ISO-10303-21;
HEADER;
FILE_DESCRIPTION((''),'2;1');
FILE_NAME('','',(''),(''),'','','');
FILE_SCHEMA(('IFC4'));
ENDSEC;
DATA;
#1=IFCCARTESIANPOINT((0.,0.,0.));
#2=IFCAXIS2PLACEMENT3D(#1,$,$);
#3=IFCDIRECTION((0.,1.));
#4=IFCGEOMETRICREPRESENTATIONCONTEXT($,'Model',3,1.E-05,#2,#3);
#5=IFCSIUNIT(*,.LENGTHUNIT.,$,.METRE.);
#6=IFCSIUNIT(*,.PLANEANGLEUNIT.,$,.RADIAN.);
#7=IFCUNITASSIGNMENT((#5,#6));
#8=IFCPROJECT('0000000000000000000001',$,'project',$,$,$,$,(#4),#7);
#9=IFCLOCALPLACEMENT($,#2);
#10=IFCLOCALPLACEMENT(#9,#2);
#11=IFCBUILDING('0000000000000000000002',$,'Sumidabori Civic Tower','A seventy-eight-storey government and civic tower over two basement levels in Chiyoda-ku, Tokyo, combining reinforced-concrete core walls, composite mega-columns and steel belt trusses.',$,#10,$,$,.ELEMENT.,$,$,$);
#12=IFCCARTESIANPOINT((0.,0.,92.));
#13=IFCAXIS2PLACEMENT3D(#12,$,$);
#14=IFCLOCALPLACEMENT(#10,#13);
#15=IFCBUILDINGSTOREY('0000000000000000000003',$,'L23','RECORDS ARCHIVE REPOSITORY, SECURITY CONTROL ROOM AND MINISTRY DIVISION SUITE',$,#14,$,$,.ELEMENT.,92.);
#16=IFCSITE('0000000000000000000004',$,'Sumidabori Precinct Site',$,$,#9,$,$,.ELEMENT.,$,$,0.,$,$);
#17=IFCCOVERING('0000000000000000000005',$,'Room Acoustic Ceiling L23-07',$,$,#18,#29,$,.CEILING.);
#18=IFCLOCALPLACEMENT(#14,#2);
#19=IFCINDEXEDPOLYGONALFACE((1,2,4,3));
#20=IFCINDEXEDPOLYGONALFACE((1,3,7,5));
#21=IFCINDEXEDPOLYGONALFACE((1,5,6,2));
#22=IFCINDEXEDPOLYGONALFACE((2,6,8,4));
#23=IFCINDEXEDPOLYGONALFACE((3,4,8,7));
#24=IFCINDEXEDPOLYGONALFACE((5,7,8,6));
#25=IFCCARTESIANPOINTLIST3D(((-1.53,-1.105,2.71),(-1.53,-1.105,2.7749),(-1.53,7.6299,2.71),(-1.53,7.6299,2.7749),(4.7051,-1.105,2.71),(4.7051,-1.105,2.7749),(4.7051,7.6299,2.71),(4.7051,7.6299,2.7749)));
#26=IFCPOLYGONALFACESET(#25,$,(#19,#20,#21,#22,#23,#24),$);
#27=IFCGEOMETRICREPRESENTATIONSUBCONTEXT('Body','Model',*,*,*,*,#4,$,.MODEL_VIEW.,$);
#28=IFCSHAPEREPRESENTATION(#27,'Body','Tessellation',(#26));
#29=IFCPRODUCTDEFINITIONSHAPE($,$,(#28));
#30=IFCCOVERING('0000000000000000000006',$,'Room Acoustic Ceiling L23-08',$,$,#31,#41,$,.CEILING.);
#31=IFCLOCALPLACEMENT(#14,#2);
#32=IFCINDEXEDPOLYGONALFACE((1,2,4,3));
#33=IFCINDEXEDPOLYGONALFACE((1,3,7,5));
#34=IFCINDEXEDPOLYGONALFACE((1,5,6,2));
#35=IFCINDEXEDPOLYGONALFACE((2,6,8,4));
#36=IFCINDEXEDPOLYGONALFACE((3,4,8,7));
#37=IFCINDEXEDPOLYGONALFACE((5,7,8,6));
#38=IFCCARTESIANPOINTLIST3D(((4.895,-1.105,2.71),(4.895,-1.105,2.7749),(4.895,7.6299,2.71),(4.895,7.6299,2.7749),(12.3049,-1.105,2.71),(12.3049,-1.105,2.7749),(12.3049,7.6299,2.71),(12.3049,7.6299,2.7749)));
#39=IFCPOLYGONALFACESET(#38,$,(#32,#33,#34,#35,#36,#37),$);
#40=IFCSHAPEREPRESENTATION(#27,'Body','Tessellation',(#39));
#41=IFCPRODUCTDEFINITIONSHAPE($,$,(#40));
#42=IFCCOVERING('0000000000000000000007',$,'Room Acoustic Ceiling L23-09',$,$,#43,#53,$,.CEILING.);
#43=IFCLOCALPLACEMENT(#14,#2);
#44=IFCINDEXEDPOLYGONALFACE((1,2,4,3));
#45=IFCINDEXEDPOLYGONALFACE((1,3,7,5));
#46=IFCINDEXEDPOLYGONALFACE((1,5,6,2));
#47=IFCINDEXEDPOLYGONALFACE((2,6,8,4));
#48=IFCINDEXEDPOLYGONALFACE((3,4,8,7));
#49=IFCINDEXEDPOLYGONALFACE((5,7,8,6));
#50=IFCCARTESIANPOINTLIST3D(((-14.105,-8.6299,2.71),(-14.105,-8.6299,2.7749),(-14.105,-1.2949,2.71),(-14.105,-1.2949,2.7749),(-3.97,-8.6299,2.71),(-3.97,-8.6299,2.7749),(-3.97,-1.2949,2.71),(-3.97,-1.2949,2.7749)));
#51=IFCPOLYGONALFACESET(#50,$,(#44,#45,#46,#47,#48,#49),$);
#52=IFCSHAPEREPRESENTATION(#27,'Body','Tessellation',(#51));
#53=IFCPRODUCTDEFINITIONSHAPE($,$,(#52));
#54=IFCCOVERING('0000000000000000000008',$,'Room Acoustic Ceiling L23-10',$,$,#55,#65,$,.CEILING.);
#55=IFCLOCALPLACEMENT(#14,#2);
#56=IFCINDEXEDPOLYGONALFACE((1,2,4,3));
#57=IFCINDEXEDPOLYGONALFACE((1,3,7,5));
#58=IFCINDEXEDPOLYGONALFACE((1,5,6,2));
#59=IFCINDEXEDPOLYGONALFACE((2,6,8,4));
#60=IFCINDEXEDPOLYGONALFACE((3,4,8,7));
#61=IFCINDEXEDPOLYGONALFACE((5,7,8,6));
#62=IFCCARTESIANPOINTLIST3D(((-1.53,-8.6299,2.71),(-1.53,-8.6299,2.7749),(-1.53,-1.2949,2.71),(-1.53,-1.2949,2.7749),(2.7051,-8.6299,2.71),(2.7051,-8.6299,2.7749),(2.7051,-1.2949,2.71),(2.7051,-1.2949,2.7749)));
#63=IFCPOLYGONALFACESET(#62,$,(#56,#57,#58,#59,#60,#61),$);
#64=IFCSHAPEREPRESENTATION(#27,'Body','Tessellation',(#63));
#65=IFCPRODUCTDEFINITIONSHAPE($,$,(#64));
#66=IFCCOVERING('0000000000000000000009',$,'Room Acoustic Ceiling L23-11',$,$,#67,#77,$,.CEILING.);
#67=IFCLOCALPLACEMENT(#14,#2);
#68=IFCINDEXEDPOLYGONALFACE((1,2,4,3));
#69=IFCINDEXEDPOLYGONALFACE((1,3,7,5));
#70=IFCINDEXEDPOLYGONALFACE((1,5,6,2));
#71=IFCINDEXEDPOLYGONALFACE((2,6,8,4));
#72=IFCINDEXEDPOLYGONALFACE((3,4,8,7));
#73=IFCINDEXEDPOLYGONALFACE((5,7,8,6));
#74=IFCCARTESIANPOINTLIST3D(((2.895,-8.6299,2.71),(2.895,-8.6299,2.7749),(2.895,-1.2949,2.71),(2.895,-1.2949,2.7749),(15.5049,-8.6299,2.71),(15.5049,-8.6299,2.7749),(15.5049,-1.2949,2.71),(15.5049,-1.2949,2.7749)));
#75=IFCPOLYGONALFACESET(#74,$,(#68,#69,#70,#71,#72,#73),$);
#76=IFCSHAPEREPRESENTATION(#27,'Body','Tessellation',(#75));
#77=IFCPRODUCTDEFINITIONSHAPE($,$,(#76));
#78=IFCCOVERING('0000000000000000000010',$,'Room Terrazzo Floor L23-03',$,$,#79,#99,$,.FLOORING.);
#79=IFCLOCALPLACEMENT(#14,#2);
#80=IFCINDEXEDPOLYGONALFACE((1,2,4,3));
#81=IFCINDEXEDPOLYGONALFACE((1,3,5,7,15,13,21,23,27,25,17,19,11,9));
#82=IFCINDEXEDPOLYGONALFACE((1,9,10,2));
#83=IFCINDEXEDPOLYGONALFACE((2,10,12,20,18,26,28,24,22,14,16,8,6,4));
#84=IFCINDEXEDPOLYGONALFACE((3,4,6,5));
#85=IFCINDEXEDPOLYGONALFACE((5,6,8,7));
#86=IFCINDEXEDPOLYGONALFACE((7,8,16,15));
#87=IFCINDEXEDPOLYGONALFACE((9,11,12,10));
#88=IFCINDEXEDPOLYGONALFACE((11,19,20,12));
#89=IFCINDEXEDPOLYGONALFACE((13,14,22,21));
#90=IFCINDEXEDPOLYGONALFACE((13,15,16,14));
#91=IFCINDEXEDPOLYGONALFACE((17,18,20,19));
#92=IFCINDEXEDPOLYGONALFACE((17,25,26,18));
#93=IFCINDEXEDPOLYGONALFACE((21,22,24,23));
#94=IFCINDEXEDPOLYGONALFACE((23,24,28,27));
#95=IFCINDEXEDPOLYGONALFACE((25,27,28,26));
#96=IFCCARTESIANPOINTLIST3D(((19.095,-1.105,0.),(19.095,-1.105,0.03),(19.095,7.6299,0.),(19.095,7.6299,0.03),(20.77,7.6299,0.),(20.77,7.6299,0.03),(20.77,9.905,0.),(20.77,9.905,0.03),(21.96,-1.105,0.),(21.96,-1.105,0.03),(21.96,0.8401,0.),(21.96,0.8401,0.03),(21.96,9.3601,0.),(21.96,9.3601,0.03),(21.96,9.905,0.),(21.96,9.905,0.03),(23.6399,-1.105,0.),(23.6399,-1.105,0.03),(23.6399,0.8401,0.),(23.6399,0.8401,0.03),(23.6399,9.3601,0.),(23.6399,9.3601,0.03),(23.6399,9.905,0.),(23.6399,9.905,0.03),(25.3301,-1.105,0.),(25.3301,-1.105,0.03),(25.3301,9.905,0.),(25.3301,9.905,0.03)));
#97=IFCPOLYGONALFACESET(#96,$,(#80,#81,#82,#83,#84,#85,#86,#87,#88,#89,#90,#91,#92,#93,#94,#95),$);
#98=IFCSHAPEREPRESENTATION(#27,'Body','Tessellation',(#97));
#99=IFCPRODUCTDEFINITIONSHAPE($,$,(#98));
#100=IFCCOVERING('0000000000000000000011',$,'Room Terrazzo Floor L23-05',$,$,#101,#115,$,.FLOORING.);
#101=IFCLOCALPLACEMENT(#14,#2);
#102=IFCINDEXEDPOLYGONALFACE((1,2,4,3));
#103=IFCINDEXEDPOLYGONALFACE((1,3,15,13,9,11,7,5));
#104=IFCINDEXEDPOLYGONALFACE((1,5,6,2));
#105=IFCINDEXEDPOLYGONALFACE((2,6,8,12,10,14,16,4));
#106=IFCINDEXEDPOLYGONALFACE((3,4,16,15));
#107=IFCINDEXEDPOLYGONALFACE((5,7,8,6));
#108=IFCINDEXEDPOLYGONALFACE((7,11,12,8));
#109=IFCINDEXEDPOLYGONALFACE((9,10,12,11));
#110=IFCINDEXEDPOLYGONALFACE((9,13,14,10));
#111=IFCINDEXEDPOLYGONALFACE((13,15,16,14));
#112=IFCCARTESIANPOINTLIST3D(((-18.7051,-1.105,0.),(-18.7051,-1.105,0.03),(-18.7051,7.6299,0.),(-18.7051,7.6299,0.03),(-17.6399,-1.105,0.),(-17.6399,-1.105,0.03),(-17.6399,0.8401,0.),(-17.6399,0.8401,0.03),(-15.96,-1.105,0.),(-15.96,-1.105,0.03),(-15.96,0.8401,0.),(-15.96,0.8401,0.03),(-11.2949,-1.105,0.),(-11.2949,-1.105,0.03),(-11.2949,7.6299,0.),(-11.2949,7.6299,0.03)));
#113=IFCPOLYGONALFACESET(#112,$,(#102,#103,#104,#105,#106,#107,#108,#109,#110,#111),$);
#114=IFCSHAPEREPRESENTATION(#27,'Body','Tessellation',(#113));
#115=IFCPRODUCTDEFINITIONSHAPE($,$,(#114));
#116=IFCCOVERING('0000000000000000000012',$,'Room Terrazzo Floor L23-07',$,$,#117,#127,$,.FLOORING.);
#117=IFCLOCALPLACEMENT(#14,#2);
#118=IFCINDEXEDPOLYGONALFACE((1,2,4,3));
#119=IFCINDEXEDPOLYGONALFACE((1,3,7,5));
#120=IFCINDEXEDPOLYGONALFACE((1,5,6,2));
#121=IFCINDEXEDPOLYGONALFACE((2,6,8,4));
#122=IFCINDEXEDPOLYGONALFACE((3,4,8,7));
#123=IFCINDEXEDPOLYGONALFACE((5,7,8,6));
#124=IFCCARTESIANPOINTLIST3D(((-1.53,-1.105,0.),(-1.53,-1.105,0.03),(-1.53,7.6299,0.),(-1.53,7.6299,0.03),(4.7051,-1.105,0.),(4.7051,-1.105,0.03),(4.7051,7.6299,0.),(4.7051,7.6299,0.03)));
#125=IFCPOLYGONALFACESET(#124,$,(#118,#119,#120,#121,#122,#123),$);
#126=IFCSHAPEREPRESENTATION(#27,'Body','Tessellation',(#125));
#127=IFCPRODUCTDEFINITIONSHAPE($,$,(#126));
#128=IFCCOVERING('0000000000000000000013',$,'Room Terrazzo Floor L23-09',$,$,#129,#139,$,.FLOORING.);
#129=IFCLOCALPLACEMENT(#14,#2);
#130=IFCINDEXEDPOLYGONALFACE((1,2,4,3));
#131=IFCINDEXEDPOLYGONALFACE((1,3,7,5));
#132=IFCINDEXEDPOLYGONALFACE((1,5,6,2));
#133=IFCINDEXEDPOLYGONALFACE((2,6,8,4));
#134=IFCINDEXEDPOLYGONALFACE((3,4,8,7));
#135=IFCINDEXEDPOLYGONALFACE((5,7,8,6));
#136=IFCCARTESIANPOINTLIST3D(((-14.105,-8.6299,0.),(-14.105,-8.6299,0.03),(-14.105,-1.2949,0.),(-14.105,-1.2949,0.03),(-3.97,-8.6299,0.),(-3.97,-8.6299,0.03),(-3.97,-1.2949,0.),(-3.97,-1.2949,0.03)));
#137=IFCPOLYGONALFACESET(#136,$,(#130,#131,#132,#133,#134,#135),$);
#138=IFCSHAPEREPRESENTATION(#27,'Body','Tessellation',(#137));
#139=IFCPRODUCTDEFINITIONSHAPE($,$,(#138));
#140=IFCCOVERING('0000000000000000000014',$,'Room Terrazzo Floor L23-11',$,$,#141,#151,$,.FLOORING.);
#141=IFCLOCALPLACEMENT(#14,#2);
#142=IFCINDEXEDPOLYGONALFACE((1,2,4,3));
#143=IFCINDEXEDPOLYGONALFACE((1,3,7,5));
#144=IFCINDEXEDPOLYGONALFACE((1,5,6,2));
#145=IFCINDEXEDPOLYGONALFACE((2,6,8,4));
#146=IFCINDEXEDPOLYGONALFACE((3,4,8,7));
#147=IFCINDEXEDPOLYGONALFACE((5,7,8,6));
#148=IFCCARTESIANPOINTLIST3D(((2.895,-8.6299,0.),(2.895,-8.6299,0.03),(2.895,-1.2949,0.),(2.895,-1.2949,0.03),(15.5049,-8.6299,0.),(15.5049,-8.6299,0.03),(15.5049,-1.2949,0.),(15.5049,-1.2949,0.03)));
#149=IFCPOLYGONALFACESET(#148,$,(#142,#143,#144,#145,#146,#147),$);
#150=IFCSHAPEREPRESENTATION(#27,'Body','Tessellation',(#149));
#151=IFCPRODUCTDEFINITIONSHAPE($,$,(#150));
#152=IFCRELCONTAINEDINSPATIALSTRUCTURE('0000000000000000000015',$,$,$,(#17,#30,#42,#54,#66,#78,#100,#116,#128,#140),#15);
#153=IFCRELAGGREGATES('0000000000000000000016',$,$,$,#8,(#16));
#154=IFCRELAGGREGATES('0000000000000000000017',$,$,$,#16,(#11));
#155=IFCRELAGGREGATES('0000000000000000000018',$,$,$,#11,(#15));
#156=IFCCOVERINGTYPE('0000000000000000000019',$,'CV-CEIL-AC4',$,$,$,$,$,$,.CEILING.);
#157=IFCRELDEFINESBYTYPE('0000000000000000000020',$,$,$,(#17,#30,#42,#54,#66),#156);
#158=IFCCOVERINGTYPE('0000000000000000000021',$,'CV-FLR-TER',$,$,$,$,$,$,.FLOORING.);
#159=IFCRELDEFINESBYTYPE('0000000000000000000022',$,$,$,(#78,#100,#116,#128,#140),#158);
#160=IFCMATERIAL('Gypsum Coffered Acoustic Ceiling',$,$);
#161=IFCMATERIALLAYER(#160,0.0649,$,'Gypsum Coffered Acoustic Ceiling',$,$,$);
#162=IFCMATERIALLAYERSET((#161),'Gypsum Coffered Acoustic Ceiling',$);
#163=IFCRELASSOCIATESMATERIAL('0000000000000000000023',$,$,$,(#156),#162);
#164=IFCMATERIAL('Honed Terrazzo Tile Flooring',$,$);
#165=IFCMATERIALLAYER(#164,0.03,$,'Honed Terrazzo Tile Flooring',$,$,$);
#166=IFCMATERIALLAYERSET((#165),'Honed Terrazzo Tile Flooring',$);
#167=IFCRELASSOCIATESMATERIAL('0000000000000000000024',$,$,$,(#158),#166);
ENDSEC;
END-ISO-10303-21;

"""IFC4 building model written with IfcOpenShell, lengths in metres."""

from ifc_helpers import new_model, si_unit, direction, frame, origin, place, context, subcontext, project, spatial, polyline, outline, extrude, material, layer, layer_set, type_object, element, save


model = new_model("IFC4")

# Units and contexts
model_context = context("Model", 3, precision=1e-05, world=origin(), true_north=direction((0.0, 1.0)))
body_context = subcontext(model_context, "Body", "Model", "MODEL_VIEW")
ifc_project = project(units=[si_unit("LENGTHUNIT", "METRE"), si_unit("PLANEANGLEUNIT", "RADIAN")], contexts=[model_context])

# Site, building, storey
site_placement = place(None, origin())
site = spatial("IfcSite", under=ifc_project, at=site_placement, Name="Sumidabori Precinct Site", CompositionType="ELEMENT", RefElevation=0.0)
building_placement = place(site_placement, origin())
building = spatial("IfcBuilding", under=site, at=building_placement, Name="Sumidabori Civic Tower", Description="A seventy-eight-storey government and civic tower over two basement levels in Chiyoda-ku, Tokyo, combining reinforced-concrete core walls, composite mega-columns and steel belt trusses.", CompositionType="ELEMENT")
storey_placement = place(building_placement, frame((0.0, 0.0, 92.0)))
storey = spatial("IfcBuildingStorey", under=building, at=storey_placement, Name="L23", Description="RECORDS ARCHIVE REPOSITORY, SECURITY CONTROL ROOM AND MINISTRY DIVISION SUITE", CompositionType="ELEMENT", Elevation=92.0)

# Coverings
ifc_material_1 = material(Name="Gypsum Coffered Acoustic Ceiling")
ifc_layer_1 = layer(ifc_material_1, 0.0649, Name="Gypsum Coffered Acoustic Ceiling")
ifc_layer_set_1 = layer_set([ifc_layer_1], Name="Gypsum Coffered Acoustic Ceiling")
covering_type_1 = type_object("IfcCoveringType", Name="CV-CEIL-AC4", PredefinedType="CEILING", material=ifc_layer_set_1)
covering_1_placement = place(storey_placement, frame((0.0, 0.0, 2.71)))
element("IfcCovering", 1, at=covering_1_placement, inside=storey, type_object=covering_type_1, Name="Room Acoustic Ceiling L23-07", PredefinedType="CEILING", context=body_context, shape_type="SweptSolid", body=[
    extrude(outline(polyline([(-1.53, 7.6299), (4.7051, 7.6299), (4.7051, -1.105), (-1.53, -1.105), (-1.53, 7.6299)])), origin(), (0.0, 0.0, 1.0), 0.0649),
])
covering_2_placement = place(storey_placement, frame((0.0, 0.0, 2.71)))
element("IfcCovering", 2, at=covering_2_placement, inside=storey, type_object=covering_type_1, Name="Room Acoustic Ceiling L23-08", PredefinedType="CEILING", context=body_context, shape_type="SweptSolid", body=[
    extrude(outline(polyline([(4.895, 7.6299), (12.3049, 7.6299), (12.3049, -1.105), (4.895, -1.105), (4.895, 7.6299)])), origin(), (0.0, 0.0, 1.0), 0.0649),
])
covering_3_placement = place(storey_placement, frame((0.0, 0.0, 2.71)))
element("IfcCovering", 3, at=covering_3_placement, inside=storey, type_object=covering_type_1, Name="Room Acoustic Ceiling L23-09", PredefinedType="CEILING", context=body_context, shape_type="SweptSolid", body=[
    extrude(outline(polyline([(-3.97, -8.6299), (-14.105, -8.6299), (-14.105, -1.2949), (-3.97, -1.2949), (-3.97, -8.6299)])), origin(), (0.0, 0.0, 1.0), 0.0649),
])
covering_4_placement = place(storey_placement, frame((0.0, 0.0, 2.71)))
element("IfcCovering", 4, at=covering_4_placement, inside=storey, type_object=covering_type_1, Name="Room Acoustic Ceiling L23-10", PredefinedType="CEILING", context=body_context, shape_type="SweptSolid", body=[
    extrude(outline(polyline([(-1.53, -8.6299), (-1.53, -1.2949), (2.7051, -1.2949), (2.7051, -8.6299), (-1.53, -8.6299)])), origin(), (0.0, 0.0, 1.0), 0.0649),
])
covering_5_placement = place(storey_placement, frame((0.0, 0.0, 2.71)))
element("IfcCovering", 5, at=covering_5_placement, inside=storey, type_object=covering_type_1, Name="Room Acoustic Ceiling L23-11", PredefinedType="CEILING", context=body_context, shape_type="SweptSolid", body=[
    extrude(outline(polyline([(2.895, -8.6299), (2.895, -1.2949), (15.5049, -1.2949), (15.5049, -8.6299), (2.895, -8.6299)])), origin(), (0.0, 0.0, 1.0), 0.0649),
])
ifc_material_2 = material(Name="Honed Terrazzo Tile Flooring")
ifc_layer_2 = layer(ifc_material_2, 0.03, Name="Honed Terrazzo Tile Flooring")
ifc_layer_set_2 = layer_set([ifc_layer_2], Name="Honed Terrazzo Tile Flooring")
covering_type_2 = type_object("IfcCoveringType", Name="CV-FLR-TER", PredefinedType="FLOORING", material=ifc_layer_set_2)
covering_6_placement = place(storey_placement, origin())
element("IfcCovering", 6, at=covering_6_placement, inside=storey, type_object=covering_type_2, Name="Room Terrazzo Floor L23-03", PredefinedType="FLOORING", context=body_context, shape_type="SweptSolid", body=[
    extrude(outline(polyline([(19.095, 7.6299), (20.77, 7.6299), (20.77, 9.905), (21.96, 9.905), (21.96, 9.3601), (23.6399, 9.3601), (23.6399, 9.905), (25.3301, 9.905), (25.3301, -1.105), (23.6399, -1.105), (23.6399, 0.8401), (21.96, 0.8401), (21.96, -1.105), (19.095, -1.105), (19.095, 7.6299)])), origin(), (0.0, 0.0, 1.0), 0.03),
])
covering_7_placement = place(storey_placement, origin())
element("IfcCovering", 7, at=covering_7_placement, inside=storey, type_object=covering_type_2, Name="Room Terrazzo Floor L23-05", PredefinedType="FLOORING", context=body_context, shape_type="SweptSolid", body=[
    extrude(outline(polyline([(-18.7051, 7.6299), (-11.2949, 7.6299), (-11.2949, -1.105), (-15.96, -1.105), (-15.96, 0.8401), (-17.6399, 0.8401), (-17.6399, -1.105), (-18.7051, -1.105), (-18.7051, 7.6299)])), origin(), (0.0, 0.0, 1.0), 0.03),
])
covering_8_placement = place(storey_placement, origin())
element("IfcCovering", 8, at=covering_8_placement, inside=storey, type_object=covering_type_2, Name="Room Terrazzo Floor L23-07", PredefinedType="FLOORING", context=body_context, shape_type="SweptSolid", body=[
    extrude(outline(polyline([(-1.53, 7.6299), (4.7051, 7.6299), (4.7051, -1.105), (-1.53, -1.105), (-1.53, 7.6299)])), origin(), (0.0, 0.0, 1.0), 0.03),
])
covering_9_placement = place(storey_placement, origin())
element("IfcCovering", 9, at=covering_9_placement, inside=storey, type_object=covering_type_2, Name="Room Terrazzo Floor L23-09", PredefinedType="FLOORING", context=body_context, shape_type="SweptSolid", body=[
    extrude(outline(polyline([(-3.97, -8.6299), (-14.105, -8.6299), (-14.105, -1.2949), (-3.97, -1.2949), (-3.97, -8.6299)])), origin(), (0.0, 0.0, 1.0), 0.03),
])
covering_10_placement = place(storey_placement, origin())
element("IfcCovering", 10, at=covering_10_placement, inside=storey, type_object=covering_type_2, Name="Room Terrazzo Floor L23-11", PredefinedType="FLOORING", context=body_context, shape_type="SweptSolid", body=[
    extrude(outline(polyline([(2.895, -8.6299), (2.895, -1.2949), (15.5049, -1.2949), (15.5049, -8.6299), (2.895, -8.6299)])), origin(), (0.0, 0.0, 1.0), 0.03),
])

save(model, "model.ifc")
